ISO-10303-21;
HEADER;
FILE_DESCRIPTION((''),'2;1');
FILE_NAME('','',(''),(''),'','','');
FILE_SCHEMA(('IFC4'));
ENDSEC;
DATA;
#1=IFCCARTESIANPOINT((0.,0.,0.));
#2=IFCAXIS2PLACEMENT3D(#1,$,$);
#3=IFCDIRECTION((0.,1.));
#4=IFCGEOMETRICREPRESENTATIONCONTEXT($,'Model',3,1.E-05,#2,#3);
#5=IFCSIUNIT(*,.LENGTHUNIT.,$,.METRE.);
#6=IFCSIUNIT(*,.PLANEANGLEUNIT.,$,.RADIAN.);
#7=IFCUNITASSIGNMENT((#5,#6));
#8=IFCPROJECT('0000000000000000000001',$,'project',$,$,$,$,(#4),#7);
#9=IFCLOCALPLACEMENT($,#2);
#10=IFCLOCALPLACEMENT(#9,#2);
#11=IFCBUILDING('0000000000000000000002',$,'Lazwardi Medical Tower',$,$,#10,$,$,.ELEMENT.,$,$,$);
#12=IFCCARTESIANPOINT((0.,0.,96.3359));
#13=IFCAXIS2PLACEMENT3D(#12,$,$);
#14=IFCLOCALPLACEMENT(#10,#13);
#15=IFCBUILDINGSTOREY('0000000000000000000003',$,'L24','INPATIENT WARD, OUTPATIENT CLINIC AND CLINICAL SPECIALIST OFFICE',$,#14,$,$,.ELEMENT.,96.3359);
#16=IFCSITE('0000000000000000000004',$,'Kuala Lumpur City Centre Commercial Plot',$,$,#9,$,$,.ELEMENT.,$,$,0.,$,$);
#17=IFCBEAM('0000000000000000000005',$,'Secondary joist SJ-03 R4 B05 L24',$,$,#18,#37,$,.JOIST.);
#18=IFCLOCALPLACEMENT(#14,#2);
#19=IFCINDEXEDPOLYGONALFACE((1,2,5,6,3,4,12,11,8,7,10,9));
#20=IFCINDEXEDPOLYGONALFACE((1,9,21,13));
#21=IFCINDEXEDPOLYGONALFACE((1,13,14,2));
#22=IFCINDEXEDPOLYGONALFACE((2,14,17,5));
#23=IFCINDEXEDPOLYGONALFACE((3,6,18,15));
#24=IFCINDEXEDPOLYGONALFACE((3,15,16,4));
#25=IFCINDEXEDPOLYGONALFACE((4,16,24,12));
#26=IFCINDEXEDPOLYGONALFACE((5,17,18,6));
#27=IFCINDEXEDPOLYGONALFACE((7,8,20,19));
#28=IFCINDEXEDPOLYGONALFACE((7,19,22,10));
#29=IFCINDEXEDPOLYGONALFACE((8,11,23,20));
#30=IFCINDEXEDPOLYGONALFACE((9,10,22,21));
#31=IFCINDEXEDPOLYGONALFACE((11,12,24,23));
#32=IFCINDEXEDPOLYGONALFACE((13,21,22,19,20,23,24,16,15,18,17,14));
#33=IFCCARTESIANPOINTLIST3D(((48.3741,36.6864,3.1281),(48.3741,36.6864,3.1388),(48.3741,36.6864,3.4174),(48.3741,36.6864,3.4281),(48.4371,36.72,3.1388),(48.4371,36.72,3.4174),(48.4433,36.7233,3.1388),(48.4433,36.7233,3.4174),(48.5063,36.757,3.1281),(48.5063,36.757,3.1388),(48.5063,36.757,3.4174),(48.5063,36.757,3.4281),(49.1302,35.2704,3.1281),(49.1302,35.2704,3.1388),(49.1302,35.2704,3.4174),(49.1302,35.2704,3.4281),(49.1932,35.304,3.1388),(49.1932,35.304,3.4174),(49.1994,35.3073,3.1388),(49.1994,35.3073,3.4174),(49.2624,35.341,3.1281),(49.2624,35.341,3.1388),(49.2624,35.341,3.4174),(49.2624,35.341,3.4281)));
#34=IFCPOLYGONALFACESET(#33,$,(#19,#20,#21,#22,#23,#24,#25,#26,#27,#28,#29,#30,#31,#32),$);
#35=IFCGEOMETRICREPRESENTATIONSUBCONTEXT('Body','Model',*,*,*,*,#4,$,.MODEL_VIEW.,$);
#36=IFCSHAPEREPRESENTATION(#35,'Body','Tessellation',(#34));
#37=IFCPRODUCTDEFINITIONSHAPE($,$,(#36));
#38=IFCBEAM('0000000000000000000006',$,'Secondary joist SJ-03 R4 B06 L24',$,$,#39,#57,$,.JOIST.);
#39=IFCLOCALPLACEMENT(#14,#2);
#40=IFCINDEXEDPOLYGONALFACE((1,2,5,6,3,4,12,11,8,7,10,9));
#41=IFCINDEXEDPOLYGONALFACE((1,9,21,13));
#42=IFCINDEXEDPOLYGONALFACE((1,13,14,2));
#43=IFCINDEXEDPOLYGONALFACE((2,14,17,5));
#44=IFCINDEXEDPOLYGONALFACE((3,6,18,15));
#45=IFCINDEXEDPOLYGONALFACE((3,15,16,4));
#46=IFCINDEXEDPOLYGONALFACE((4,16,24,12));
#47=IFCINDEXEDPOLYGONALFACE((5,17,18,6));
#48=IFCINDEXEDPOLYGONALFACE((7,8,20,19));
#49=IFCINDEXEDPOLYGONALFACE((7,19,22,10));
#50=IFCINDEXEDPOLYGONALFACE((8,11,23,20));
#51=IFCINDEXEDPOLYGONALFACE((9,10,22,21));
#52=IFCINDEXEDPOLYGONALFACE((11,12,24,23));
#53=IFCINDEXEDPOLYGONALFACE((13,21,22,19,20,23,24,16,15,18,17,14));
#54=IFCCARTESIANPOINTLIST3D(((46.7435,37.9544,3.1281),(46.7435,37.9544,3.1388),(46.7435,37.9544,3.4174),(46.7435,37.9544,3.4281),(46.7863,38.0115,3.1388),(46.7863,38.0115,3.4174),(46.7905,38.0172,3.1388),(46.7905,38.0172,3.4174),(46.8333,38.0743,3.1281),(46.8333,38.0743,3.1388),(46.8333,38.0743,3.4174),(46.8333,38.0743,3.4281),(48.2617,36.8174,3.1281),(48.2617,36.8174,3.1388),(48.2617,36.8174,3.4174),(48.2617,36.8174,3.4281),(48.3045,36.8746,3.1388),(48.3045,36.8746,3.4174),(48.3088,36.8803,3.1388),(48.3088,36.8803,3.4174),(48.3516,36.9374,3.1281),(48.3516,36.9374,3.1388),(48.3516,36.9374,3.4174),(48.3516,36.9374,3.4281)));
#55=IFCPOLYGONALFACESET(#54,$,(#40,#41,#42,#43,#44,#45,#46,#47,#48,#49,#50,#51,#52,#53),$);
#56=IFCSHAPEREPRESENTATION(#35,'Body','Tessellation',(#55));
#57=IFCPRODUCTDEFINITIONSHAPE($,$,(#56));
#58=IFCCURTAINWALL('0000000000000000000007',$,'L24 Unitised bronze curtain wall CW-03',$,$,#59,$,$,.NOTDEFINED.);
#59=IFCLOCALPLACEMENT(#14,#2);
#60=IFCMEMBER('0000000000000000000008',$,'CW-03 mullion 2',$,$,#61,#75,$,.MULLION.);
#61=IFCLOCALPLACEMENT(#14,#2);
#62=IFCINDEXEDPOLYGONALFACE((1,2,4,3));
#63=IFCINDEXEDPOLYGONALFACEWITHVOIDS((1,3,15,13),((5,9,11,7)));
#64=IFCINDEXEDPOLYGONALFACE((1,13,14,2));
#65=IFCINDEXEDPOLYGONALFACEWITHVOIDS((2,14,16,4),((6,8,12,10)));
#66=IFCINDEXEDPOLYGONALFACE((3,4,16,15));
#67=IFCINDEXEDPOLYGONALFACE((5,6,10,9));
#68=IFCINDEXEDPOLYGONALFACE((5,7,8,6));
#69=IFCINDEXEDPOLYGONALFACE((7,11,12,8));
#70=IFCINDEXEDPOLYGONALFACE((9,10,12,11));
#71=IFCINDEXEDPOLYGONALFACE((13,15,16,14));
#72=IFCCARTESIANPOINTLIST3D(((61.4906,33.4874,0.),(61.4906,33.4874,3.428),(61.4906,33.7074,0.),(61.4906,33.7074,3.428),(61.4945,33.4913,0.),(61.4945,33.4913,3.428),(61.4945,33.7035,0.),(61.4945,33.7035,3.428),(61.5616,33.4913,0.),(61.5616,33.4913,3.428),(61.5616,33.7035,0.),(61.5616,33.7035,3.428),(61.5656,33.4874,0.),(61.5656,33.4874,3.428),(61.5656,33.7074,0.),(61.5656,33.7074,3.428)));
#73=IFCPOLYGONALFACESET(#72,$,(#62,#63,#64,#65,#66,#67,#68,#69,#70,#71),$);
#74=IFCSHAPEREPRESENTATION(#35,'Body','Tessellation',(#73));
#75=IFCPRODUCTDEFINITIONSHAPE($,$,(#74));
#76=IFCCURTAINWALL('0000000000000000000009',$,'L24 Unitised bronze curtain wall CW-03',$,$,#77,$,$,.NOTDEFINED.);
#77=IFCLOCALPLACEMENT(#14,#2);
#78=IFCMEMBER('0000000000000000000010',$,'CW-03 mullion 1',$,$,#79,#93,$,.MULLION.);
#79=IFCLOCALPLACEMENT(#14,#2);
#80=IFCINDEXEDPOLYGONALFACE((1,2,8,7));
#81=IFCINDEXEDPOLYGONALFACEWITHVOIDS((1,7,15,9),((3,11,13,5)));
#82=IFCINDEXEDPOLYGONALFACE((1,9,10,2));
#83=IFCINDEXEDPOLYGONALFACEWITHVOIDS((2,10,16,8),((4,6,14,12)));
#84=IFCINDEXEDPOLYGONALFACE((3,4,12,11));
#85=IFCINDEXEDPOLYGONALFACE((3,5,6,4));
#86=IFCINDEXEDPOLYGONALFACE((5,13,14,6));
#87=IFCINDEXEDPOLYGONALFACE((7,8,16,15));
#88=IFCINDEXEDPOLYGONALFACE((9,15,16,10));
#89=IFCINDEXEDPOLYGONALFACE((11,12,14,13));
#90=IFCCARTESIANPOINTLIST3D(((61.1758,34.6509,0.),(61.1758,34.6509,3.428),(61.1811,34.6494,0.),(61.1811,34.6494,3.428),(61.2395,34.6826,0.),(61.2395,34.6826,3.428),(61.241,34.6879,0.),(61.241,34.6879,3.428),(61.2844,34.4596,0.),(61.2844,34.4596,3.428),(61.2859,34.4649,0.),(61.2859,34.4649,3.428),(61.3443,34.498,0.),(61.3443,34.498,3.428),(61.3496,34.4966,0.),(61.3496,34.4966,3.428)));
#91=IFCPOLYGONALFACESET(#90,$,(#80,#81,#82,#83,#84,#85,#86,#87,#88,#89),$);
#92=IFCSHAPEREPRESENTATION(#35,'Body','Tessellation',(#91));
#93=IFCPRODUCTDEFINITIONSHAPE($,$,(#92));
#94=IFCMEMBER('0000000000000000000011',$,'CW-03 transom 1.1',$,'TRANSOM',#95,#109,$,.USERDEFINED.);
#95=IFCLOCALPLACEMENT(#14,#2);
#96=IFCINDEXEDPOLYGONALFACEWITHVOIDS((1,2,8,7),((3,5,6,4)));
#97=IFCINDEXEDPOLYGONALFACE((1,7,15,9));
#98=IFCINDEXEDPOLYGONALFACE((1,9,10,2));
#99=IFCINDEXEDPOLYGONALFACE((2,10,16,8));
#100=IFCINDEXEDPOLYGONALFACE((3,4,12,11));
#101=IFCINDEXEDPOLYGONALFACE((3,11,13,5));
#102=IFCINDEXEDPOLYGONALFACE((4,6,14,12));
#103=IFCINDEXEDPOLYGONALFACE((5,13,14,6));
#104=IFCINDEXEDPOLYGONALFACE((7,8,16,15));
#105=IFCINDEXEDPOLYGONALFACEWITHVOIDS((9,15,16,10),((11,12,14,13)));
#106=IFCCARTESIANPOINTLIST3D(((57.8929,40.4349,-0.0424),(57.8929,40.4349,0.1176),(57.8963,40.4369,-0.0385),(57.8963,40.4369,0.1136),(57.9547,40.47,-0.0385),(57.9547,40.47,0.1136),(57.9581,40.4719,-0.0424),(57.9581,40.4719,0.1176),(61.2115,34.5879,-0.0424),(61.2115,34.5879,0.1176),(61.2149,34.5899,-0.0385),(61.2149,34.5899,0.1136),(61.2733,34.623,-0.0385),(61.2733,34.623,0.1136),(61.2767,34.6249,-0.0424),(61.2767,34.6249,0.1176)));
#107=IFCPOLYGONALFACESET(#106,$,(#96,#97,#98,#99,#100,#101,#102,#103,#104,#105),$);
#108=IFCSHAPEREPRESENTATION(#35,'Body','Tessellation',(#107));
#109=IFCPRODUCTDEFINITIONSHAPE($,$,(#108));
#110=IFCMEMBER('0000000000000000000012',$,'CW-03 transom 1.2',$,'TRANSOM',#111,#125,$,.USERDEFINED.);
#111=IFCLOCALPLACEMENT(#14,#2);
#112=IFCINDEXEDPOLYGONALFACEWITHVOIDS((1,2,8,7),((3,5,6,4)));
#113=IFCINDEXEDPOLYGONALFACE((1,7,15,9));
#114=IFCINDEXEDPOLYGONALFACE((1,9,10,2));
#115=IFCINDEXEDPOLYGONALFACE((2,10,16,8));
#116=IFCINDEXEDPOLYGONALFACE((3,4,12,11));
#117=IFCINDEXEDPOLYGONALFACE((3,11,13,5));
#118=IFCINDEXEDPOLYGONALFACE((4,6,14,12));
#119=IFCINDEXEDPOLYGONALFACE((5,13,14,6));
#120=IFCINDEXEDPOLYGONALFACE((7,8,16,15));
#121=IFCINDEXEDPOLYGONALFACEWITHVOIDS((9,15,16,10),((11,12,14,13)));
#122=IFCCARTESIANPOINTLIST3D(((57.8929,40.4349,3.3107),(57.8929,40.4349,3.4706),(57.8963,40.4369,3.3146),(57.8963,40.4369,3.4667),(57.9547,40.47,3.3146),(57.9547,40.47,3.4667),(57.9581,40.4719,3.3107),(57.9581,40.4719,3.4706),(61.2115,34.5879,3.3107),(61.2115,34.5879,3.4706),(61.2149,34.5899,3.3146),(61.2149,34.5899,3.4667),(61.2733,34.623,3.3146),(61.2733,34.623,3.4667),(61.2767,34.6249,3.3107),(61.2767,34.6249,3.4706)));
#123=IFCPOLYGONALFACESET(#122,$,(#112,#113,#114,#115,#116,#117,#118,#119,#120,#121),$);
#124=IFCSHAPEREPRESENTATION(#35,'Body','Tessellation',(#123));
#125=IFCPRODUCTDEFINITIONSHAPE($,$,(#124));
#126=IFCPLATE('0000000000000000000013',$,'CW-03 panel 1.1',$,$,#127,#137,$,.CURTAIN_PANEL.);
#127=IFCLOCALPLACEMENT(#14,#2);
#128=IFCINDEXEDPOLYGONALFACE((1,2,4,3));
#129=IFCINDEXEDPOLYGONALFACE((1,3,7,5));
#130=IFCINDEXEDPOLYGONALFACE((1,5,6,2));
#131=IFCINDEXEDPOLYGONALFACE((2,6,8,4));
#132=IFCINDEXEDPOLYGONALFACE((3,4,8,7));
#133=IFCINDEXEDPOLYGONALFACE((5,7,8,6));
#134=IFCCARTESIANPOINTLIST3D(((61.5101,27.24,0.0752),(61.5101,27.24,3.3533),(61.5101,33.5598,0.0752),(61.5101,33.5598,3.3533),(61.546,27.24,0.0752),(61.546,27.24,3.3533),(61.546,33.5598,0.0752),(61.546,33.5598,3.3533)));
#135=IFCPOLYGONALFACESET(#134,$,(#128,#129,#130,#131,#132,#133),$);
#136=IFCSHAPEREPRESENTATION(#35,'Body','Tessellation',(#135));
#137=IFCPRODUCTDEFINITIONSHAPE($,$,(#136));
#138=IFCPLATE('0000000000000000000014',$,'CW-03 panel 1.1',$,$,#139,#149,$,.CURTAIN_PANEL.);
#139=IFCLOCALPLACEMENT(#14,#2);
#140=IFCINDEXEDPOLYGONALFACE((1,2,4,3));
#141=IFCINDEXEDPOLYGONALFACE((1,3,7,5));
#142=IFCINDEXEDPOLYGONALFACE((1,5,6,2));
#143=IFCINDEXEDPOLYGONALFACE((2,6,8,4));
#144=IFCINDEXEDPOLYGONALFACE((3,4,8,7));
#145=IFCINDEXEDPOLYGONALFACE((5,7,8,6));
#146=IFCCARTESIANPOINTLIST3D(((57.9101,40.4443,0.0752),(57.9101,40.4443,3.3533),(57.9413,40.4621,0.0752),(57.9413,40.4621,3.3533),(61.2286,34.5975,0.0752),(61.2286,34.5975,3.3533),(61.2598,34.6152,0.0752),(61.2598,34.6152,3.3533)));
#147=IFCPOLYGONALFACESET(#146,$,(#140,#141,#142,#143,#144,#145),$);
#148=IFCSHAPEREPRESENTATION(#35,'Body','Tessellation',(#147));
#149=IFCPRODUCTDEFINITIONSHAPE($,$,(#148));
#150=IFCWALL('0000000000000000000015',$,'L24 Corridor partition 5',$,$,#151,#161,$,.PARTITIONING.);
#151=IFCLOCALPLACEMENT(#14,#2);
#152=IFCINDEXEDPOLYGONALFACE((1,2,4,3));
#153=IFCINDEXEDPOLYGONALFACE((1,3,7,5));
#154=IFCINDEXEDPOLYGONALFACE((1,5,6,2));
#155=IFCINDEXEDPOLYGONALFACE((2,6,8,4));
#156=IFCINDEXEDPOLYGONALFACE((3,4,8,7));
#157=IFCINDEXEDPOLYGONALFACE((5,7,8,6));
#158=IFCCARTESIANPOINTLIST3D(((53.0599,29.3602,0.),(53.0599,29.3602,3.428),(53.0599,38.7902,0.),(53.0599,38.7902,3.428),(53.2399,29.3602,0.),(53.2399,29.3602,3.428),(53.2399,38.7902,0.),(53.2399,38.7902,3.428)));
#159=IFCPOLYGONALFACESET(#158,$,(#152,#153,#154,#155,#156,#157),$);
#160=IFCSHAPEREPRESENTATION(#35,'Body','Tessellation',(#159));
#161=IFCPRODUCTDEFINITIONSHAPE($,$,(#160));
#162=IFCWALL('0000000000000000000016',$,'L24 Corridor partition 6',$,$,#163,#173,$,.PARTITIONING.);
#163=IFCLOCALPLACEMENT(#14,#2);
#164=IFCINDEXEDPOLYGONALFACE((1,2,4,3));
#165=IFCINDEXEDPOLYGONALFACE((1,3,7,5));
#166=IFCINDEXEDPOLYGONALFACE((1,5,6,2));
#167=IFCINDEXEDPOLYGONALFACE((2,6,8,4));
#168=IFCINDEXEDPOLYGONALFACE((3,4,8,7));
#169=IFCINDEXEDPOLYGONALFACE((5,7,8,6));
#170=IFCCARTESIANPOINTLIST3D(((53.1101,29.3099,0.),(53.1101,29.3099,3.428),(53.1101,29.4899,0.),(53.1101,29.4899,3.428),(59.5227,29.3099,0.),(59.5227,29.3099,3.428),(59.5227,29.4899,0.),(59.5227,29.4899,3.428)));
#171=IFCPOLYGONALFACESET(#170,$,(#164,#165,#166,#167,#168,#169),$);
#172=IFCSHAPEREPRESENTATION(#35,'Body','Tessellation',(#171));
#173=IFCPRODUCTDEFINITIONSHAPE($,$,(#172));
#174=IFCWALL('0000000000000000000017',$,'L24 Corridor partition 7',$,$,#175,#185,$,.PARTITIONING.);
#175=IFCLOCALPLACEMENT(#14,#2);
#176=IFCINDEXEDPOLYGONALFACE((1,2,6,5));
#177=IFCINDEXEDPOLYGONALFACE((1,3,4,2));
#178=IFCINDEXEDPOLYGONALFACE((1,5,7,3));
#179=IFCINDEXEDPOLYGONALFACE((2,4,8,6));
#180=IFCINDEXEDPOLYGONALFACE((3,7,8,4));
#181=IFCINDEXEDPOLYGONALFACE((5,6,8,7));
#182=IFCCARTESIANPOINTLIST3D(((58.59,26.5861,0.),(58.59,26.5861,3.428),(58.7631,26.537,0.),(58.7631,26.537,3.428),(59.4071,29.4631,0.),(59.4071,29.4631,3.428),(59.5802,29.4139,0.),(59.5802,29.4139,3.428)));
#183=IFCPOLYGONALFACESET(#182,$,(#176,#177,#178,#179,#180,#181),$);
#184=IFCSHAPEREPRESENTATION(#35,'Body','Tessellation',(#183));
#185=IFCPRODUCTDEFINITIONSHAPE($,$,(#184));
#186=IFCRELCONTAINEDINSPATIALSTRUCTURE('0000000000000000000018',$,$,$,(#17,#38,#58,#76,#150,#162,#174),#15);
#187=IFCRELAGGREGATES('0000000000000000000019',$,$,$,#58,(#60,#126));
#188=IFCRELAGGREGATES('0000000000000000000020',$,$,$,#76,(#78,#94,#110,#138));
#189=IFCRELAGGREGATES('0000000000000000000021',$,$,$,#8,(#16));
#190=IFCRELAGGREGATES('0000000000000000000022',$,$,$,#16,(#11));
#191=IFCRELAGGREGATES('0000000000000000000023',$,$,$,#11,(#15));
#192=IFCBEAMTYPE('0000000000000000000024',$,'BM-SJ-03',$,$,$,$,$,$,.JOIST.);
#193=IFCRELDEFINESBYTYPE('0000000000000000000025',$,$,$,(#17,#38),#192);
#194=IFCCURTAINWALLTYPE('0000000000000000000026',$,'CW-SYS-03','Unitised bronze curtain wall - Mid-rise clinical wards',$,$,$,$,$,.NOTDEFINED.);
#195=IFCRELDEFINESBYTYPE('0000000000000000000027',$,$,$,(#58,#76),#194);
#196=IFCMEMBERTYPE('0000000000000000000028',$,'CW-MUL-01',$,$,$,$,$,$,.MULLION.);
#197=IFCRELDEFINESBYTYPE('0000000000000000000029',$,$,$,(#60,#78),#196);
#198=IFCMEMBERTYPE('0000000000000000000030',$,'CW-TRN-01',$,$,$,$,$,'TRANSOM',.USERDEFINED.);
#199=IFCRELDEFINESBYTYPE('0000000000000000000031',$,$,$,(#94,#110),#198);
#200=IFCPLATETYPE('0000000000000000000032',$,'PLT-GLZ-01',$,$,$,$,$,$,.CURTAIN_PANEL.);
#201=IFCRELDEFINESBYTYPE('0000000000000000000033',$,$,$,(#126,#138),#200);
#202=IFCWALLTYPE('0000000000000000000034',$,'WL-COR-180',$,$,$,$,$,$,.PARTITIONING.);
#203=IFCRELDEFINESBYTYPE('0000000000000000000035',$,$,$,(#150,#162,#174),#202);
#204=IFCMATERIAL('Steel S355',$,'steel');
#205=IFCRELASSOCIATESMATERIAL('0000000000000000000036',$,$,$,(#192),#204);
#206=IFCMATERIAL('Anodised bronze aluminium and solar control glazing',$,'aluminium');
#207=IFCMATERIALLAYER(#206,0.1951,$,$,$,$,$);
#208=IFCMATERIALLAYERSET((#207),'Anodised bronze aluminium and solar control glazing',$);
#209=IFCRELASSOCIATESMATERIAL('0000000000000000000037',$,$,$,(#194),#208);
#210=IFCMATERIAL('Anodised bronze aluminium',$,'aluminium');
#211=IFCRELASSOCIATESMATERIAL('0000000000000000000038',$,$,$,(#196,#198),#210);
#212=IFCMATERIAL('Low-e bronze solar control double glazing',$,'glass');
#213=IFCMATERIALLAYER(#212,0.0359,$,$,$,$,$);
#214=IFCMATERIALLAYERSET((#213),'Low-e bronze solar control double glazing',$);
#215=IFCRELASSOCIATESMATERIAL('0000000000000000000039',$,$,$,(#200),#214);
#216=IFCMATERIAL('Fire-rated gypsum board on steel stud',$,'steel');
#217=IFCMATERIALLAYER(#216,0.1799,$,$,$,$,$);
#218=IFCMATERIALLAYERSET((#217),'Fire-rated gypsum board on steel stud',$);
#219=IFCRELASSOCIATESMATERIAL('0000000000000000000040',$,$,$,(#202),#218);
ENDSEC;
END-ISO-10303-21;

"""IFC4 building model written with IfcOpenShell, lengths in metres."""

from ifc_helpers import new_model, si_unit, direction, frame, frame_2d, origin, origin_2d, place, context, subcontext, project, spatial, rectangle, hollow_rectangle, i_section, extrude, material, layer, layer_set, material_profile, profile_set, type_object, element, aggregate, save


model = new_model("IFC4")

# Units and contexts
model_context = context("Model", 3, precision=1e-05, world=origin(), true_north=direction((0.0, 1.0)))
body_context = subcontext(model_context, "Body", "Model", "MODEL_VIEW")
ifc_project = project(units=[si_unit("LENGTHUNIT", "METRE"), si_unit("PLANEANGLEUNIT", "RADIAN")], contexts=[model_context])

# Site, building, storey
site_placement = place(None, origin())
site = spatial("IfcSite", under=ifc_project, at=site_placement, Name="Kuala Lumpur City Centre Commercial Plot", CompositionType="ELEMENT", RefElevation=0.0)
building_placement = place(site_placement, origin())
building = spatial("IfcBuilding", under=site, at=building_placement, Name="Lazwardi Medical Tower", CompositionType="ELEMENT")
storey_placement = place(building_placement, frame((0.0, 0.0, 96.3359)))
storey = spatial("IfcBuildingStorey", under=building, at=storey_placement, Name="L24", Description="INPATIENT WARD, OUTPATIENT CLINIC AND CLINICAL SPECIALIST OFFICE", CompositionType="ELEMENT", Elevation=96.3359)

# Beams
ifc_material_1 = material(Name="Steel S355", Category="steel")
ifc_material_profile_1 = material_profile(ifc_material_1, i_section(OverallWidth=0.1499, OverallDepth=0.3, WebThickness=0.0071, FlangeThickness=0.0107, at=origin_2d()), Name="IPE 300")
ifc_profile_set_1 = profile_set([ifc_material_profile_1], Name="Steel S355")
beam_type_1 = type_object("IfcBeamType", Name="BM-SJ-03", PredefinedType="JOIST", material=ifc_profile_set_1)
beam_1_placement = place(storey_placement, frame((49.1963, 35.3057, 3.2781), z_axis=(-0.471022, 0.882121, 0.0), x_axis=(-0.882121, -0.471022, 0.0)))
element("IfcBeam", 1, at=beam_1_placement, inside=storey, type_object=beam_type_1, Name="Secondary joist SJ-03 R4 B05 L24", PredefinedType="JOIST", context=body_context, shape_type="SweptSolid", body=[
    extrude(i_section(OverallWidth=0.1499, OverallDepth=0.3, WebThickness=0.0071, FlangeThickness=0.0107, at=origin_2d()), origin(), (0.0, 0.0, 1.0), 1.6052),
])
beam_2_placement = place(storey_placement, frame((48.3066, 36.8774, 3.2781), z_axis=(-0.800448, 0.599403, 0.0), x_axis=(-0.599403, -0.800448, 0.0)))
element("IfcBeam", 2, at=beam_2_placement, inside=storey, type_object=beam_type_1, Name="Secondary joist SJ-03 R4 B06 L24", PredefinedType="JOIST", context=body_context, shape_type="SweptSolid", body=[
    extrude(i_section(OverallWidth=0.1499, OverallDepth=0.3, WebThickness=0.0071, FlangeThickness=0.0107, at=origin_2d()), origin(), (0.0, 0.0, 1.0), 1.8967),
])

# Curtain wall, member
ifc_material_2 = material(Name="Anodised bronze aluminium and solar control glazing", Category="aluminium")
ifc_layer_1 = layer(ifc_material_2, 0.1951)
ifc_layer_set_1 = layer_set([ifc_layer_1], Name="Anodised bronze aluminium and solar control glazing")
curtain_wall_type = type_object("IfcCurtainWallType", Name="CW-SYS-03", Description="Unitised bronze curtain wall - Mid-rise clinical wards", PredefinedType="NOTDEFINED", material=ifc_layer_set_1)
curtain_wall_1_placement = place(storey_placement, origin())
curtain_wall_1 = element("IfcCurtainWall", 3, at=curtain_wall_1_placement, inside=storey, type_object=curtain_wall_type, Name="L24 Unitised bronze curtain wall CW-03", PredefinedType="NOTDEFINED")
ifc_material_3 = material(Name="Anodised bronze aluminium", Category="aluminium")
ifc_material_profile_2 = material_profile(ifc_material_3, hollow_rectangle(XDim=0.075, YDim=0.22, WallThickness=0.0039, at=origin_2d()), Name="ALU-MULLION 220x75x4")
ifc_profile_set_2 = profile_set([ifc_material_profile_2], Name="Anodised bronze aluminium")
member_type_1 = type_object("IfcMemberType", Name="CW-MUL-01", PredefinedType="MULLION", material=ifc_profile_set_2)
member_1_placement = place(storey_placement, frame((61.5281, 33.5974, 0.0), z_axis=(0.0, 0.0, 1.0), x_axis=(-1.0, 0.0, 0.0)))
member_1 = element("IfcMember", 4, at=member_1_placement, type_object=member_type_1, Name="CW-03 mullion 2", PredefinedType="MULLION", context=body_context, shape_type="SweptSolid", body=[
    extrude(hollow_rectangle(XDim=0.075, YDim=0.22, WallThickness=0.0039, at=origin_2d()), origin(), (0.0, 0.0, 1.0), 3.428),
])

# Curtain wall, members
curtain_wall_2_placement = place(storey_placement, origin())
curtain_wall_2 = element("IfcCurtainWall", 5, at=curtain_wall_2_placement, inside=storey, type_object=curtain_wall_type, Name="L24 Unitised bronze curtain wall CW-03", PredefinedType="NOTDEFINED")
member_2_placement = place(storey_placement, frame((61.2627, 34.5737, 0.0), z_axis=(0.0, 0.0, 1.0), x_axis=(-0.869687, -0.493603, 0.0)))
member_2 = element("IfcMember", 6, at=member_2_placement, type_object=member_type_1, Name="CW-03 mullion 1", PredefinedType="MULLION", context=body_context, shape_type="SweptSolid", body=[
    extrude(hollow_rectangle(XDim=0.075, YDim=0.22, WallThickness=0.0039, at=origin_2d()), origin(), (0.0, 0.0, 1.0), 3.428),
])
ifc_material_profile_3 = material_profile(ifc_material_3, hollow_rectangle(XDim=0.075, YDim=0.1599, WallThickness=0.0039, at=origin_2d()), Name="ALU-TRANSOM 160x75x4")
ifc_profile_set_3 = profile_set([ifc_material_profile_3], Name="Anodised bronze aluminium")
member_type_2 = type_object("IfcMemberType", Name="CW-TRN-01", ElementType="TRANSOM", PredefinedType="USERDEFINED", material=ifc_profile_set_3)
member_3_placement = place(storey_placement, frame((61.2441, 34.6064, 0.0376), z_axis=(-0.493614, 0.869681, 0.0), x_axis=(-0.869681, -0.493614, 0.0)))
member_3 = element("IfcMember", 7, at=member_3_placement, type_object=member_type_2, Name="CW-03 transom 1.1", ObjectType="TRANSOM", PredefinedType="USERDEFINED", context=body_context, shape_type="SweptSolid", body=[
    extrude(hollow_rectangle(XDim=0.075, YDim=0.1599, WallThickness=0.0039, at=origin_2d()), origin(), (0.0, 0.0, 1.0), 6.7231),
])
member_4_placement = place(storey_placement, frame((61.2441, 34.6064, 3.3906), z_axis=(-0.493614, 0.869681, 0.0), x_axis=(-0.869681, -0.493614, 0.0)))
member_4 = element("IfcMember", 8, at=member_4_placement, type_object=member_type_2, Name="CW-03 transom 1.2", ObjectType="TRANSOM", PredefinedType="USERDEFINED", context=body_context, shape_type="SweptSolid", body=[
    extrude(hollow_rectangle(XDim=0.075, YDim=0.1599, WallThickness=0.0039, at=origin_2d()), origin(), (0.0, 0.0, 1.0), 6.7231),
])

# Plates
ifc_material_4 = material(Name="Low-e bronze solar control double glazing", Category="glass")
ifc_layer_2 = layer(ifc_material_4, 0.0359)
ifc_layer_set_2 = layer_set([ifc_layer_2], Name="Low-e bronze solar control double glazing")
plate_type = type_object("IfcPlateType", Name="PLT-GLZ-01", PredefinedType="CURTAIN_PANEL", material=ifc_layer_set_2)
plate_1_placement = place(storey_placement, frame((61.5281, 30.3999, 0.0752), z_axis=(0.0, 0.0, 1.0), x_axis=(0.0, 1.0, 0.0)))
plate_1 = element("IfcPlate", 9, at=plate_1_placement, type_object=plate_type, Name="CW-03 panel 1.1", PredefinedType="CURTAIN_PANEL", context=body_context, shape_type="SweptSolid", body=[
    extrude(rectangle(XDim=6.3198, YDim=0.0359, at=origin_2d()), origin(), (0.0, 0.0, 1.0), 3.2781),
])
aggregate(curtain_wall_1, [member_1, plate_1])
plate_2_placement = place(storey_placement, frame((59.585, 37.5298, 0.0752), z_axis=(0.0, 0.0, 1.0), x_axis=(-0.493603, 0.869687, 0.0)))
plate_2 = element("IfcPlate", 10, at=plate_2_placement, type_object=plate_type, Name="CW-03 panel 1.1", PredefinedType="CURTAIN_PANEL", context=body_context, shape_type="SweptSolid", body=[
    extrude(rectangle(XDim=6.7229, YDim=0.0359, at=origin_2d()), origin(), (0.0, 0.0, 1.0), 3.2781),
])
aggregate(curtain_wall_2, [member_2, member_3, member_4, plate_2])

# Walls
ifc_material_5 = material(Name="Fire-rated gypsum board on steel stud", Category="steel")
ifc_layer_3 = layer(ifc_material_5, 0.1799)
ifc_layer_set_3 = layer_set([ifc_layer_3], Name="Fire-rated gypsum board on steel stud")
wall_type_1 = type_object("IfcWallType", Name="WL-COR-180", PredefinedType="PARTITIONING", material=ifc_layer_set_3)
wall_1_placement = place(storey_placement, frame((53.1499, 38.79, 0.0), z_axis=(0.0, 0.0, 1.0), x_axis=(0.0, -1.0, 0.0)))
element("IfcWall", 11, at=wall_1_placement, inside=storey, type_object=wall_type_1, Name="L24 Corridor partition 5", PredefinedType="PARTITIONING", context=body_context, shape_type="SweptSolid", body=[
    extrude(rectangle(XDim=9.4299, YDim=0.1799, at=frame_2d((4.7148, 0.0))), origin(), (0.0, 0.0, 1.0), 3.428),
])
wall_2_placement = place(storey_placement, frame((53.1101, 29.3999, 0.0), z_axis=(0.0, 0.0, 1.0), x_axis=(1.0, 0.0, 0.0)))
element("IfcWall", 12, at=wall_2_placement, inside=storey, type_object=wall_type_1, Name="L24 Corridor partition 6", PredefinedType="PARTITIONING", context=body_context, shape_type="SweptSolid", body=[
    extrude(rectangle(XDim=6.4126, YDim=0.1799, at=frame_2d((3.2063, 0.0))), origin(), (0.0, 0.0, 1.0), 3.428),
])
wall_3_placement = place(storey_placement, frame((59.4937, 29.4385, 0.0), z_axis=(0.0, 0.0, 1.0), x_axis=(-0.273222, -0.961951, 0.0)))
element("IfcWall", 13, at=wall_3_placement, inside=storey, type_object=wall_type_1, Name="L24 Corridor partition 7", PredefinedType="PARTITIONING", context=body_context, shape_type="SweptSolid", body=[
    extrude(rectangle(XDim=2.9907, YDim=0.1799, at=frame_2d((1.4954, 0.0))), origin(), (0.0, 0.0, 1.0), 3.428),
])

save(model, "model.ifc")
